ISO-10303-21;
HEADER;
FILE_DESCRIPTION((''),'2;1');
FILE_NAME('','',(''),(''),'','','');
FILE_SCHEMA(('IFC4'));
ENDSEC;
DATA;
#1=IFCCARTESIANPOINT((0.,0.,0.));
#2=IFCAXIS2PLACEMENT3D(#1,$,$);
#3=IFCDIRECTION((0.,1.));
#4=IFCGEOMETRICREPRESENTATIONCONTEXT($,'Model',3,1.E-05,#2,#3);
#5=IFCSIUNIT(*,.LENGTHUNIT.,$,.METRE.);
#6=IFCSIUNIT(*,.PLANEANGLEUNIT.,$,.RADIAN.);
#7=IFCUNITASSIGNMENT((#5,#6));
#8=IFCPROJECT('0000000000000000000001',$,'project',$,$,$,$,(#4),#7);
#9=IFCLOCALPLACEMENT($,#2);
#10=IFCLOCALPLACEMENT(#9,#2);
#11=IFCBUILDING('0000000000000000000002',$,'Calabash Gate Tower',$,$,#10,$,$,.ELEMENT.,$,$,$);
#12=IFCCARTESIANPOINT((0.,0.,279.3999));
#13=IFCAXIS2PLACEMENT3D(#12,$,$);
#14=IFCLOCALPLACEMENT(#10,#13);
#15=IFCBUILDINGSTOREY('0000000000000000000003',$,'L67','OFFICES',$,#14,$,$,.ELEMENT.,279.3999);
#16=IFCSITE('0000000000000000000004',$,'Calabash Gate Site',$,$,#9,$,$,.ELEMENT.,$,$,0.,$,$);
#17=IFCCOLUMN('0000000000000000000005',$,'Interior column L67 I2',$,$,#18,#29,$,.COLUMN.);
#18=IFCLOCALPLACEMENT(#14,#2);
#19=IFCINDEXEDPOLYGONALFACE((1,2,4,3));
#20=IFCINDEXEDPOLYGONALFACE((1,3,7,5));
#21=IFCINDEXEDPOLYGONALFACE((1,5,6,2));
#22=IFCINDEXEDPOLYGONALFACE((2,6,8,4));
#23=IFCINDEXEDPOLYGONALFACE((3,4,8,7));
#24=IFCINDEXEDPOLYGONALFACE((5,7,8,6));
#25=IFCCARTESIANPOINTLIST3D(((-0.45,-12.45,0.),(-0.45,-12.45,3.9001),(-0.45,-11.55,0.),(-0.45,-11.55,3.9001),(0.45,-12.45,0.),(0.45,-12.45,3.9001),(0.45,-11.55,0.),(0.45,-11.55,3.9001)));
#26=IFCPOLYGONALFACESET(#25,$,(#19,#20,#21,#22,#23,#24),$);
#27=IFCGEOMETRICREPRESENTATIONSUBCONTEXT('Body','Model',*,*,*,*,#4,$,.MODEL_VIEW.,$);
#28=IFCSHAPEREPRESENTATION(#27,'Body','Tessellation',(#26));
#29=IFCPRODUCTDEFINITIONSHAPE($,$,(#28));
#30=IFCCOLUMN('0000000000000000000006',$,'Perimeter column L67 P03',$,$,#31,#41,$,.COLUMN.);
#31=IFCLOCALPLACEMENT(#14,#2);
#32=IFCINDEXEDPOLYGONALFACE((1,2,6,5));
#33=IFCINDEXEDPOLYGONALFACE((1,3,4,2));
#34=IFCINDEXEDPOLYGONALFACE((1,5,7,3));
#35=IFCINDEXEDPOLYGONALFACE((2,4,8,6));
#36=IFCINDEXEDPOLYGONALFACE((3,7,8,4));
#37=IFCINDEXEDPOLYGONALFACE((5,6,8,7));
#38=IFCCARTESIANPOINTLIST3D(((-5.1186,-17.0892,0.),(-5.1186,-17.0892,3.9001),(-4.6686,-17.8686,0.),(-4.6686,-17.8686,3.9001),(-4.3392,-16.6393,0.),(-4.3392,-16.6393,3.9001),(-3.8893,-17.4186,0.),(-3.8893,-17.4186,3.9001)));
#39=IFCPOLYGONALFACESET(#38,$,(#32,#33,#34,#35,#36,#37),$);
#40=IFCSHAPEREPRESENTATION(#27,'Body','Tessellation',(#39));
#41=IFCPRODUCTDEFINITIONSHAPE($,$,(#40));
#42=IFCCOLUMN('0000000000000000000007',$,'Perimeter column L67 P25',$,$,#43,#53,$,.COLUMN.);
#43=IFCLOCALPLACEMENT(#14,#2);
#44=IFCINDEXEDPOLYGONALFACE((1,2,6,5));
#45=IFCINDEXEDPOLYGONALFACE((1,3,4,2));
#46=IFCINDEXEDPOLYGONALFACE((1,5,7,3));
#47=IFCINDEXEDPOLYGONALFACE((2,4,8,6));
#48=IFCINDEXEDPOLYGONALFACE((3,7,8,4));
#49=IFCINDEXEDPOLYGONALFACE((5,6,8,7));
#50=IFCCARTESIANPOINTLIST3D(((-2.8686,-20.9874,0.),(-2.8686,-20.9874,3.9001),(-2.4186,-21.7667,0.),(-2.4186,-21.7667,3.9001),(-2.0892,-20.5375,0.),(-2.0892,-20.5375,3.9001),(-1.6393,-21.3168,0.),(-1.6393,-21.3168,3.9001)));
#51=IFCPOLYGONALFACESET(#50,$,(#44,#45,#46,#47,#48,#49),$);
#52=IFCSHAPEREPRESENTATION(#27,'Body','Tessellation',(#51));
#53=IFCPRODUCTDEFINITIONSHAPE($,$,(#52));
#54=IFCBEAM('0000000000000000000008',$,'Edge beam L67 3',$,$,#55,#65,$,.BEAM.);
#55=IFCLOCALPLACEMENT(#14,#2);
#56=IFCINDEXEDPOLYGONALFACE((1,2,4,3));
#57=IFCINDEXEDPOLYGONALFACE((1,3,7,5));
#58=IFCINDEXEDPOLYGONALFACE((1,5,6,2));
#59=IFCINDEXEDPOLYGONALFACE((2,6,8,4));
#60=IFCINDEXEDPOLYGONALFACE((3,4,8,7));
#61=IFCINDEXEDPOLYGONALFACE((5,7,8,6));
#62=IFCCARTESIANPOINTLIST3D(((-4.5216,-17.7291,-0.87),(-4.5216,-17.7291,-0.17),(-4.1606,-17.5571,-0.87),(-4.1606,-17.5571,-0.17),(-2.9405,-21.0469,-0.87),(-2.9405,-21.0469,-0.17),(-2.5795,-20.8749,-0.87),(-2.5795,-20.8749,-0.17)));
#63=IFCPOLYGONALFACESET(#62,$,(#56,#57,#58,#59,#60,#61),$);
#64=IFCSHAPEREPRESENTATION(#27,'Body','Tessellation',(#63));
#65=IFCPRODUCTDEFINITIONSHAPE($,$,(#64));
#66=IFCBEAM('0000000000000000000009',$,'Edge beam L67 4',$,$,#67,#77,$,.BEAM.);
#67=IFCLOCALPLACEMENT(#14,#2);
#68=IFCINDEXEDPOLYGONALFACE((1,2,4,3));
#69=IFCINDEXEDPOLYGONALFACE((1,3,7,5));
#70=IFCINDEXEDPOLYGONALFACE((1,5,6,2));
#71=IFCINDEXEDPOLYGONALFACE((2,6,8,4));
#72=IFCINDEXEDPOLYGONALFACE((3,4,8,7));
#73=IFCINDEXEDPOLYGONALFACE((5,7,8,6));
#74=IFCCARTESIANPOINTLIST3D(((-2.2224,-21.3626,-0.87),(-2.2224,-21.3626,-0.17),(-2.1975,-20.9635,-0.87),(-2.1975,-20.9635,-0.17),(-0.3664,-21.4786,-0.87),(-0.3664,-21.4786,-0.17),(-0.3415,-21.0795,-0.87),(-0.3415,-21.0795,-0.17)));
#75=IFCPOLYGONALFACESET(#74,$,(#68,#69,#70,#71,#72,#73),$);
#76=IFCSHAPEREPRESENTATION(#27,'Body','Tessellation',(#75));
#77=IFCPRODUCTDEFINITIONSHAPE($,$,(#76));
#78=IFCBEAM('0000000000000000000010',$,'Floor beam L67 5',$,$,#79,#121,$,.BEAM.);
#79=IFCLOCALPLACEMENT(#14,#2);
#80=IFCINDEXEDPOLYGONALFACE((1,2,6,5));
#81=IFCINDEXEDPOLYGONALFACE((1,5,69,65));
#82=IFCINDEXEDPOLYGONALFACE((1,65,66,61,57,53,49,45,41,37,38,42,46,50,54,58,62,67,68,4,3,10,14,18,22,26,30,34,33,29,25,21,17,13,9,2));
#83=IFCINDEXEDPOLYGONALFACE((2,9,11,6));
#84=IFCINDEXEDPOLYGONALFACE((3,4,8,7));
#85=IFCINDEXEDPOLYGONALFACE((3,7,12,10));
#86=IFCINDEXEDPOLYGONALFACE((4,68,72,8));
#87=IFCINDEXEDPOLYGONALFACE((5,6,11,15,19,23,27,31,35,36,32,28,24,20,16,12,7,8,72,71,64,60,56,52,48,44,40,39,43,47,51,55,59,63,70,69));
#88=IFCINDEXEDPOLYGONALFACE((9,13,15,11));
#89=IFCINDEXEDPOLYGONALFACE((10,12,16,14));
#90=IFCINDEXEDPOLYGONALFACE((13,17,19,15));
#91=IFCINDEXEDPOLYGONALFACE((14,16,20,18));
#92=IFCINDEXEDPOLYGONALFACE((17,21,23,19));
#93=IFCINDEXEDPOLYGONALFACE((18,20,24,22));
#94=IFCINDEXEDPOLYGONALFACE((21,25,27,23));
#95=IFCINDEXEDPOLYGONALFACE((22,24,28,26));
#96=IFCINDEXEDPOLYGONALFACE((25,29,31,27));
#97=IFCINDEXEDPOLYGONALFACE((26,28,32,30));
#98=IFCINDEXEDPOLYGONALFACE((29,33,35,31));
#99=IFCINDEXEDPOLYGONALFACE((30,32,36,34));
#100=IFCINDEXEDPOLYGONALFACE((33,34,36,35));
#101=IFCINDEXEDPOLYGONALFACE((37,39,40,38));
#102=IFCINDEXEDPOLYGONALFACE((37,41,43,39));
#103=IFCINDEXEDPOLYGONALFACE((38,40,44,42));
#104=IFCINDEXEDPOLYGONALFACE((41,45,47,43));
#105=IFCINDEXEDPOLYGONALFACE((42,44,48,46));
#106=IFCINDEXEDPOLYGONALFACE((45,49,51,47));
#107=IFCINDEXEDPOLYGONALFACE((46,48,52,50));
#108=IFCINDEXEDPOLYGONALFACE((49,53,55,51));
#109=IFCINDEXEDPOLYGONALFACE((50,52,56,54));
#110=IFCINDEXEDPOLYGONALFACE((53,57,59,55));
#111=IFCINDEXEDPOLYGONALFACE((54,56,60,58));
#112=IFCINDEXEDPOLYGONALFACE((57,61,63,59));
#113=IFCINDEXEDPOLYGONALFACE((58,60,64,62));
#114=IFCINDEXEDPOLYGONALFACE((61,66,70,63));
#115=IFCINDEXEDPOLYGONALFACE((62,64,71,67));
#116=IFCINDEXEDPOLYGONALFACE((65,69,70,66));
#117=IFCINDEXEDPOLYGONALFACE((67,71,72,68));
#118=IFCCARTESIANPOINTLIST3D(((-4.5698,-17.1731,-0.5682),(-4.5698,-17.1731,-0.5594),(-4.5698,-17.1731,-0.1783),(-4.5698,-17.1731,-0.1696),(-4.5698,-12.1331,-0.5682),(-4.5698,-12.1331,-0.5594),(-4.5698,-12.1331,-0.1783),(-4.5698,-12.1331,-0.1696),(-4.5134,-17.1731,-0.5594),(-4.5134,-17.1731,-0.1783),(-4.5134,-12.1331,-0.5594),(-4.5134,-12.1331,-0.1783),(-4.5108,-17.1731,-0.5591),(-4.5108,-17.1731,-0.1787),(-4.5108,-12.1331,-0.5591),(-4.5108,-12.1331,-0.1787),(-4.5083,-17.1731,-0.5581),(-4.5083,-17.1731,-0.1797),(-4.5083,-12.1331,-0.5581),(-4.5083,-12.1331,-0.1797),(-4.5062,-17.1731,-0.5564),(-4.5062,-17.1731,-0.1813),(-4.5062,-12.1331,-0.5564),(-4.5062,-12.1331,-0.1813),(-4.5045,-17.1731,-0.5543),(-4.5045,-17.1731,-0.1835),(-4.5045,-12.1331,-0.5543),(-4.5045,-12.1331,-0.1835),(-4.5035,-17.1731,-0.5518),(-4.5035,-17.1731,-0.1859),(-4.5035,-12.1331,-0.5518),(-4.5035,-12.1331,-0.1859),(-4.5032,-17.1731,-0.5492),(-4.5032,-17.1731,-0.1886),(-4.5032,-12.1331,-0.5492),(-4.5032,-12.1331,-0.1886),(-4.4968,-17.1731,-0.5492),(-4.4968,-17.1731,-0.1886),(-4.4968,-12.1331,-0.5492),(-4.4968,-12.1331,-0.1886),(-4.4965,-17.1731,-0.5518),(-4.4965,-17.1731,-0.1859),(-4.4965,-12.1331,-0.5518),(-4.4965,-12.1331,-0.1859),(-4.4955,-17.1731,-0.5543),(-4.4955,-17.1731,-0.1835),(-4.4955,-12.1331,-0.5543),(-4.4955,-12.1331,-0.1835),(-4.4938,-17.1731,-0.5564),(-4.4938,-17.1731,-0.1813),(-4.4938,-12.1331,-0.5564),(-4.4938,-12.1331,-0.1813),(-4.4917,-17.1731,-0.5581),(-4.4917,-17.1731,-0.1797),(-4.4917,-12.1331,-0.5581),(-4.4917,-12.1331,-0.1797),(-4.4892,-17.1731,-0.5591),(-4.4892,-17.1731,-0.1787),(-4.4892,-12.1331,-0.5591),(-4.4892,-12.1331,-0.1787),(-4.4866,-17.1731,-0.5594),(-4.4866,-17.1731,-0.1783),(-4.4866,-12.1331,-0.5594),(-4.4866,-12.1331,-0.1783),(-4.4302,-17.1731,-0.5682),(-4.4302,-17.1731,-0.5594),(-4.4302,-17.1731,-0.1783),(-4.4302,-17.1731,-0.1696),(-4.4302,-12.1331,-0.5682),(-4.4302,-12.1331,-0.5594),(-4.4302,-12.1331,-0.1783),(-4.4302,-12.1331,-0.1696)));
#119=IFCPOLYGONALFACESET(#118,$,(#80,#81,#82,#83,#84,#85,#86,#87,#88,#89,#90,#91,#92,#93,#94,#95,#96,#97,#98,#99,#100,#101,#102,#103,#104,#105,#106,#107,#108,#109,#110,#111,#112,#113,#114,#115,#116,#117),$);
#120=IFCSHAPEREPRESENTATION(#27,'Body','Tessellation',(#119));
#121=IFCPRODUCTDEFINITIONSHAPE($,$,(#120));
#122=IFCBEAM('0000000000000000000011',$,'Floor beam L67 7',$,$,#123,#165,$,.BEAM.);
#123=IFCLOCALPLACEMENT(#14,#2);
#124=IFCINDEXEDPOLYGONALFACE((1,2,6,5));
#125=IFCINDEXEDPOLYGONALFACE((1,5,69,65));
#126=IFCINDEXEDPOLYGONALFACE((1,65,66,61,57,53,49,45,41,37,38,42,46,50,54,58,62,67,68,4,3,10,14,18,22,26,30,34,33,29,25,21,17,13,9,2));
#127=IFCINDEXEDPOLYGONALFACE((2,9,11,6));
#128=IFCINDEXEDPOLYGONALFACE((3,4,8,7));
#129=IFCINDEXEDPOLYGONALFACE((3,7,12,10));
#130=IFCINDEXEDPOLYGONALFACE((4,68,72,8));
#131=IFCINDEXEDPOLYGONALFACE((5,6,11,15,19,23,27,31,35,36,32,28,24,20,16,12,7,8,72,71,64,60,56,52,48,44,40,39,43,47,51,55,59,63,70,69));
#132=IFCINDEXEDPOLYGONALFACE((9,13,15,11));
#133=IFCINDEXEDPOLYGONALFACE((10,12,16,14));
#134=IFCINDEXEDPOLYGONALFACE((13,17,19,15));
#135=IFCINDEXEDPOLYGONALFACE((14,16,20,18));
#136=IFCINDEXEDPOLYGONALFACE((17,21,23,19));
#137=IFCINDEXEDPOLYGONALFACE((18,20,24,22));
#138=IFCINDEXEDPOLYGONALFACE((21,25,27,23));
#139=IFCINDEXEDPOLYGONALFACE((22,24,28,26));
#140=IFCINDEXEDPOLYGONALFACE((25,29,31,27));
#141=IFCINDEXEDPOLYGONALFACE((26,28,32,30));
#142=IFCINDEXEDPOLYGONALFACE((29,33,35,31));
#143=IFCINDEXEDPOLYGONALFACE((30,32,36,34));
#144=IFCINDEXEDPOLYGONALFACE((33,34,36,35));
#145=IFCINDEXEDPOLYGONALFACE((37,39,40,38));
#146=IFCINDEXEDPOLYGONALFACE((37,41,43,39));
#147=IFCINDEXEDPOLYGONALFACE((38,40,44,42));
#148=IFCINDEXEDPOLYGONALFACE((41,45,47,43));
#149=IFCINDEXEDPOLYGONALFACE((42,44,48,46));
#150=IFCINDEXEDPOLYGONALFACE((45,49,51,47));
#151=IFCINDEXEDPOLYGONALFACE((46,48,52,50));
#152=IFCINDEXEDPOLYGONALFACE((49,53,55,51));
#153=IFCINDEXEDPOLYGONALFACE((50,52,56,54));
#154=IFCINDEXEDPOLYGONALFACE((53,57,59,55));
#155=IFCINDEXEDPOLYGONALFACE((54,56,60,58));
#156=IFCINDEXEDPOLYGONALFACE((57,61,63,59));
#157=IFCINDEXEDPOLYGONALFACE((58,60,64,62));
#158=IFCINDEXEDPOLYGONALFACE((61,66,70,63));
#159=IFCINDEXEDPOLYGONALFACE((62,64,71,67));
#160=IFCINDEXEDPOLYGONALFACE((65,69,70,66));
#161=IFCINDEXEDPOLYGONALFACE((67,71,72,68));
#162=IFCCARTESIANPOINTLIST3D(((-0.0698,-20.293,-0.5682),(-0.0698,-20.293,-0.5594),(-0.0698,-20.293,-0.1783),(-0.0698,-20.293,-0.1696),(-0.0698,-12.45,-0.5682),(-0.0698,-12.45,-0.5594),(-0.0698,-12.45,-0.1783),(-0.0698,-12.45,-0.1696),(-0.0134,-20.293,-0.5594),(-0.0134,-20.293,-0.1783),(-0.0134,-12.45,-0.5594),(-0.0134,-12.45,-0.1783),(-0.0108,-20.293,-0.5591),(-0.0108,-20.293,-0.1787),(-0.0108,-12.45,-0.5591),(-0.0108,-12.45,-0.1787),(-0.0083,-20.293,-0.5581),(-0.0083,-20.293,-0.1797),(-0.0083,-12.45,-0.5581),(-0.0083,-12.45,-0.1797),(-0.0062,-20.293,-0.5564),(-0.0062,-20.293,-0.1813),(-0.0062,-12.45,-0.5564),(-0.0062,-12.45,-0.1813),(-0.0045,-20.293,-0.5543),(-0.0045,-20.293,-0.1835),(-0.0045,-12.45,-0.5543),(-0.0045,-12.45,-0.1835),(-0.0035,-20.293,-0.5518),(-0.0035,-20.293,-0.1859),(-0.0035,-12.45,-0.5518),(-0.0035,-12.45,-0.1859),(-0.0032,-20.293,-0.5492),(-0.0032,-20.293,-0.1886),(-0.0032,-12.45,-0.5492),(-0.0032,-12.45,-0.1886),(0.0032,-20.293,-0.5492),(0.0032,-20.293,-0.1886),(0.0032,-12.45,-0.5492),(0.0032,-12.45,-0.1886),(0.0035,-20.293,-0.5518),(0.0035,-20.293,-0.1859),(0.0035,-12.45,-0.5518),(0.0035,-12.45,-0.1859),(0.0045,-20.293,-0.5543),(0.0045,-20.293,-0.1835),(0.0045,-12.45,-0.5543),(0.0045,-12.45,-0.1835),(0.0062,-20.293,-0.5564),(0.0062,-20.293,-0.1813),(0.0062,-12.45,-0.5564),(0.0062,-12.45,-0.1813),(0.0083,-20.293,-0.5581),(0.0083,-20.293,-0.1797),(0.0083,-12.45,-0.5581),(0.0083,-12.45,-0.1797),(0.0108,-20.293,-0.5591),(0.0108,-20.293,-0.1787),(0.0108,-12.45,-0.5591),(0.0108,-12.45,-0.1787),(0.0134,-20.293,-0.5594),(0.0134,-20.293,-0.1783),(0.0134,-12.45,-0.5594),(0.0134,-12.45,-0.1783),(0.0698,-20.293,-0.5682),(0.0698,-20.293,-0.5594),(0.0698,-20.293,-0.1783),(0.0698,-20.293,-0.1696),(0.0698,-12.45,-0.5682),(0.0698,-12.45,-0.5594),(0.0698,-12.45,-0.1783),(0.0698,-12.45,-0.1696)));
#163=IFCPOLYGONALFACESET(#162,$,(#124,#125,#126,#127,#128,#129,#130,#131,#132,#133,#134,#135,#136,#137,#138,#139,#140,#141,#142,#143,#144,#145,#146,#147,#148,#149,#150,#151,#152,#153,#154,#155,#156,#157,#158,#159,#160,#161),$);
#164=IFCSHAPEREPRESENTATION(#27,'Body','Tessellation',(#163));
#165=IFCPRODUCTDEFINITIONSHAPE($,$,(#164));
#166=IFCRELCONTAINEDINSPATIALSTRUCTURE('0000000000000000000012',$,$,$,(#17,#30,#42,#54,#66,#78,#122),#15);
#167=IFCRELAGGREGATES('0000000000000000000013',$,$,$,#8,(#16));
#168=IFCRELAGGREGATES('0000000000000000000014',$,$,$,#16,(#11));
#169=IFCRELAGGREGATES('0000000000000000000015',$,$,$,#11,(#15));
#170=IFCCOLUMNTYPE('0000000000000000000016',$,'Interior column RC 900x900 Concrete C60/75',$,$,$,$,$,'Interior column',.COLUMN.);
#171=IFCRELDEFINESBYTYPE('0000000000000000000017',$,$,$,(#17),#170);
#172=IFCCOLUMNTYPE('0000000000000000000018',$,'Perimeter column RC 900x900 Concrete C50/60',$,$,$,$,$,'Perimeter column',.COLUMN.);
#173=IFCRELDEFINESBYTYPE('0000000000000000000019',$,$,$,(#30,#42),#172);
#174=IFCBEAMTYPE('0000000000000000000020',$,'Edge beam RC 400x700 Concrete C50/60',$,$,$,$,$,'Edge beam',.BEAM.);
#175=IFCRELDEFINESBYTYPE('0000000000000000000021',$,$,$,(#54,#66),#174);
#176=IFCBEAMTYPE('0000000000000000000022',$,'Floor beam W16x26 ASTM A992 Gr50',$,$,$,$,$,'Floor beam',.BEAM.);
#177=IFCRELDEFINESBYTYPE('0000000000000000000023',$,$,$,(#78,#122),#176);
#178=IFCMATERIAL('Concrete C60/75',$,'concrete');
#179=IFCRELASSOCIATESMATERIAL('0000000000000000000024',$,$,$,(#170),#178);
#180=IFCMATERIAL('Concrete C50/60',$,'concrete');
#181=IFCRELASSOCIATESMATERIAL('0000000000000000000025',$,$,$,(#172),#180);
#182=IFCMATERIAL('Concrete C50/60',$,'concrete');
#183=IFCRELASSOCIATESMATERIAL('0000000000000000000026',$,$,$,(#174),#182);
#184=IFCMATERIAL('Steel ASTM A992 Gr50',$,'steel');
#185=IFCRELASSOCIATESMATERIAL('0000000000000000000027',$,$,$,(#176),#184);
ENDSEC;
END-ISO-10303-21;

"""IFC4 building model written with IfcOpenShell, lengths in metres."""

from ifc_helpers import new_model, si_unit, direction, frame, origin, origin_2d, place, context, subcontext, project, spatial, rectangle, i_section, extrude, material, material_profile, profile_set, type_object, element, save


model = new_model("IFC4")

# Units and contexts
model_context = context("Model", 3, precision=1e-05, world=origin(), true_north=direction((0.0, 1.0)))
body_context = subcontext(model_context, "Body", "Model", "MODEL_VIEW")
ifc_project = project(units=[si_unit("LENGTHUNIT", "METRE"), si_unit("PLANEANGLEUNIT", "RADIAN")], contexts=[model_context])

# Site, building, storey
site_placement = place(None, origin())
site = spatial("IfcSite", under=ifc_project, at=site_placement, Name="Calabash Gate Site", CompositionType="ELEMENT", RefElevation=0.0)
building_placement = place(site_placement, origin())
building = spatial("IfcBuilding", under=site, at=building_placement, Name="Calabash Gate Tower", CompositionType="ELEMENT")
storey_placement = place(building_placement, frame((0.0, 0.0, 279.3999)))
storey = spatial("IfcBuildingStorey", under=building, at=storey_placement, Name="L67", Description="OFFICES", CompositionType="ELEMENT", Elevation=279.3999)

# Columns
ifc_material_1 = material(Name="Concrete C60/75", Category="concrete")
ifc_material_profile_1 = material_profile(ifc_material_1, rectangle(XDim=0.8999, YDim=0.8999, at=origin_2d()))
ifc_profile_set_1 = profile_set([ifc_material_profile_1], Name="Concrete C60/75")
column_type_1 = type_object("IfcColumnType", Name="Interior column RC 900x900 Concrete C60/75", ElementType="Interior column", PredefinedType="COLUMN", material=ifc_profile_set_1)
column_placement = place(storey_placement, frame((0.0, -12.0, 0.0), z_axis=(0.0, 0.0, 1.0), x_axis=(1.0, 0.0, 0.0)))
element("IfcColumn", 1, at=column_placement, inside=storey, type_object=column_type_1, Name="Interior column L67 I2", PredefinedType="COLUMN", context=body_context, shape_type="SweptSolid", body=[
    extrude(rectangle(XDim=0.8999, YDim=0.8999, at=origin_2d()), origin(), (0.0, 0.0, 1.0), 3.9001),
])
ifc_material_2 = material(Name="Concrete C50/60", Category="concrete")
ifc_material_profile_2 = material_profile(ifc_material_2, rectangle(XDim=0.8999, YDim=0.8999, at=origin_2d()))
ifc_profile_set_2 = profile_set([ifc_material_profile_2], Name="Concrete C50/60")
column_type_2 = type_object("IfcColumnType", Name="Perimeter column RC 900x900 Concrete C50/60", ElementType="Perimeter column", PredefinedType="COLUMN", material=ifc_profile_set_2)
for number, where, z_axis, x_axis, name in (
    (2, (-4.5039, -17.2539, 0.0), (0.0, 0.0, 1.0), (0.5, -0.866025, 0.0), "Perimeter column L67 P03"),
    (3, (-2.2539, -21.1521, 0.0), (0.0, 0.0, 1.0), (0.5, -0.866025, 0.0), "Perimeter column L67 P25"),
):
    element("IfcColumn", number, at=place(storey_placement, frame(where, z_axis=z_axis, x_axis=x_axis)), inside=storey, type_object=column_type_2, Name=name, PredefinedType="COLUMN", context=body_context, shape_type="SweptSolid", body=[
        extrude(rectangle(XDim=0.8999, YDim=0.8999, at=origin_2d()), origin(), (0.0, 0.0, 1.0), 3.9001),
    ])

# Beams
ifc_material_3 = material(Name="Concrete C50/60", Category="concrete")
ifc_material_profile_3 = material_profile(ifc_material_3, rectangle(XDim=0.3999, YDim=0.7, at=origin_2d()))
ifc_profile_set_3 = profile_set([ifc_material_profile_3], Name="Concrete C50/60")
beam_type_1 = type_object("IfcBeamType", Name="Edge beam RC 400x700 Concrete C50/60", ElementType="Edge beam", PredefinedType="BEAM", material=ifc_profile_set_3)
beam_1_placement = place(storey_placement, frame((-4.3411, -17.6431, -0.52), z_axis=(0.430181, -0.902743, 0.0), x_axis=(0.902743, 0.430181, 0.0)))
element("IfcBeam", 4, at=beam_1_placement, inside=storey, type_object=beam_type_1, Name="Edge beam L67 3", PredefinedType="BEAM", context=body_context, shape_type="SweptSolid", body=[
    extrude(rectangle(XDim=0.3999, YDim=0.7, at=origin_2d()), origin(), (0.0, 0.0, 1.0), 3.6753),
])
beam_2_placement = place(storey_placement, frame((-2.21, -21.1631, -0.52), z_axis=(0.998054, -0.062362, 0.0), x_axis=(0.062362, 0.998054, 0.0)))
element("IfcBeam", 5, at=beam_2_placement, inside=storey, type_object=beam_type_1, Name="Edge beam L67 4", PredefinedType="BEAM", context=body_context, shape_type="SweptSolid", body=[
    extrude(rectangle(XDim=0.3999, YDim=0.7, at=origin_2d()), origin(), (0.0, 0.0, 1.0), 1.8596),
])
ifc_material_4 = material(Name="Steel ASTM A992 Gr50", Category="steel")
ifc_material_profile_4 = material_profile(ifc_material_4, i_section(OverallWidth=0.1396, OverallDepth=0.3987, WebThickness=0.0063, FlangeThickness=0.0088, FilletRadius=0.0103, at=origin_2d()))
ifc_profile_set_4 = profile_set([ifc_material_profile_4], Name="Steel ASTM A992 Gr50")
beam_type_2 = type_object("IfcBeamType", Name="Floor beam W16x26 ASTM A992 Gr50", ElementType="Floor beam", PredefinedType="BEAM", material=ifc_profile_set_4)
beam_3_placement = place(storey_placement, frame((-4.5, -17.1731, -0.3689), z_axis=(0.0, 1.0, 0.0), x_axis=(-1.0, 0.0, 0.0)))
element("IfcBeam", 6, at=beam_3_placement, inside=storey, type_object=beam_type_2, Name="Floor beam L67 5", PredefinedType="BEAM", context=body_context, shape_type="SweptSolid", body=[
    extrude(i_section(OverallWidth=0.1396, OverallDepth=0.3987, WebThickness=0.0063, FlangeThickness=0.0088, FilletRadius=0.0103, at=origin_2d()), origin(), (0.0, 0.0, 1.0), 5.04),
])
beam_4_placement = place(storey_placement, frame((0.0, -20.293, -0.3689), z_axis=(0.0, 1.0, 0.0), x_axis=(-1.0, 0.0, 0.0)))
element("IfcBeam", 7, at=beam_4_placement, inside=storey, type_object=beam_type_2, Name="Floor beam L67 7", PredefinedType="BEAM", context=body_context, shape_type="SweptSolid", body=[
    extrude(i_section(OverallWidth=0.1396, OverallDepth=0.3987, WebThickness=0.0063, FlangeThickness=0.0088, FilletRadius=0.0103, at=origin_2d()), origin(), (0.0, 0.0, 1.0), 7.843),
])

save(model, "model.ifc")
